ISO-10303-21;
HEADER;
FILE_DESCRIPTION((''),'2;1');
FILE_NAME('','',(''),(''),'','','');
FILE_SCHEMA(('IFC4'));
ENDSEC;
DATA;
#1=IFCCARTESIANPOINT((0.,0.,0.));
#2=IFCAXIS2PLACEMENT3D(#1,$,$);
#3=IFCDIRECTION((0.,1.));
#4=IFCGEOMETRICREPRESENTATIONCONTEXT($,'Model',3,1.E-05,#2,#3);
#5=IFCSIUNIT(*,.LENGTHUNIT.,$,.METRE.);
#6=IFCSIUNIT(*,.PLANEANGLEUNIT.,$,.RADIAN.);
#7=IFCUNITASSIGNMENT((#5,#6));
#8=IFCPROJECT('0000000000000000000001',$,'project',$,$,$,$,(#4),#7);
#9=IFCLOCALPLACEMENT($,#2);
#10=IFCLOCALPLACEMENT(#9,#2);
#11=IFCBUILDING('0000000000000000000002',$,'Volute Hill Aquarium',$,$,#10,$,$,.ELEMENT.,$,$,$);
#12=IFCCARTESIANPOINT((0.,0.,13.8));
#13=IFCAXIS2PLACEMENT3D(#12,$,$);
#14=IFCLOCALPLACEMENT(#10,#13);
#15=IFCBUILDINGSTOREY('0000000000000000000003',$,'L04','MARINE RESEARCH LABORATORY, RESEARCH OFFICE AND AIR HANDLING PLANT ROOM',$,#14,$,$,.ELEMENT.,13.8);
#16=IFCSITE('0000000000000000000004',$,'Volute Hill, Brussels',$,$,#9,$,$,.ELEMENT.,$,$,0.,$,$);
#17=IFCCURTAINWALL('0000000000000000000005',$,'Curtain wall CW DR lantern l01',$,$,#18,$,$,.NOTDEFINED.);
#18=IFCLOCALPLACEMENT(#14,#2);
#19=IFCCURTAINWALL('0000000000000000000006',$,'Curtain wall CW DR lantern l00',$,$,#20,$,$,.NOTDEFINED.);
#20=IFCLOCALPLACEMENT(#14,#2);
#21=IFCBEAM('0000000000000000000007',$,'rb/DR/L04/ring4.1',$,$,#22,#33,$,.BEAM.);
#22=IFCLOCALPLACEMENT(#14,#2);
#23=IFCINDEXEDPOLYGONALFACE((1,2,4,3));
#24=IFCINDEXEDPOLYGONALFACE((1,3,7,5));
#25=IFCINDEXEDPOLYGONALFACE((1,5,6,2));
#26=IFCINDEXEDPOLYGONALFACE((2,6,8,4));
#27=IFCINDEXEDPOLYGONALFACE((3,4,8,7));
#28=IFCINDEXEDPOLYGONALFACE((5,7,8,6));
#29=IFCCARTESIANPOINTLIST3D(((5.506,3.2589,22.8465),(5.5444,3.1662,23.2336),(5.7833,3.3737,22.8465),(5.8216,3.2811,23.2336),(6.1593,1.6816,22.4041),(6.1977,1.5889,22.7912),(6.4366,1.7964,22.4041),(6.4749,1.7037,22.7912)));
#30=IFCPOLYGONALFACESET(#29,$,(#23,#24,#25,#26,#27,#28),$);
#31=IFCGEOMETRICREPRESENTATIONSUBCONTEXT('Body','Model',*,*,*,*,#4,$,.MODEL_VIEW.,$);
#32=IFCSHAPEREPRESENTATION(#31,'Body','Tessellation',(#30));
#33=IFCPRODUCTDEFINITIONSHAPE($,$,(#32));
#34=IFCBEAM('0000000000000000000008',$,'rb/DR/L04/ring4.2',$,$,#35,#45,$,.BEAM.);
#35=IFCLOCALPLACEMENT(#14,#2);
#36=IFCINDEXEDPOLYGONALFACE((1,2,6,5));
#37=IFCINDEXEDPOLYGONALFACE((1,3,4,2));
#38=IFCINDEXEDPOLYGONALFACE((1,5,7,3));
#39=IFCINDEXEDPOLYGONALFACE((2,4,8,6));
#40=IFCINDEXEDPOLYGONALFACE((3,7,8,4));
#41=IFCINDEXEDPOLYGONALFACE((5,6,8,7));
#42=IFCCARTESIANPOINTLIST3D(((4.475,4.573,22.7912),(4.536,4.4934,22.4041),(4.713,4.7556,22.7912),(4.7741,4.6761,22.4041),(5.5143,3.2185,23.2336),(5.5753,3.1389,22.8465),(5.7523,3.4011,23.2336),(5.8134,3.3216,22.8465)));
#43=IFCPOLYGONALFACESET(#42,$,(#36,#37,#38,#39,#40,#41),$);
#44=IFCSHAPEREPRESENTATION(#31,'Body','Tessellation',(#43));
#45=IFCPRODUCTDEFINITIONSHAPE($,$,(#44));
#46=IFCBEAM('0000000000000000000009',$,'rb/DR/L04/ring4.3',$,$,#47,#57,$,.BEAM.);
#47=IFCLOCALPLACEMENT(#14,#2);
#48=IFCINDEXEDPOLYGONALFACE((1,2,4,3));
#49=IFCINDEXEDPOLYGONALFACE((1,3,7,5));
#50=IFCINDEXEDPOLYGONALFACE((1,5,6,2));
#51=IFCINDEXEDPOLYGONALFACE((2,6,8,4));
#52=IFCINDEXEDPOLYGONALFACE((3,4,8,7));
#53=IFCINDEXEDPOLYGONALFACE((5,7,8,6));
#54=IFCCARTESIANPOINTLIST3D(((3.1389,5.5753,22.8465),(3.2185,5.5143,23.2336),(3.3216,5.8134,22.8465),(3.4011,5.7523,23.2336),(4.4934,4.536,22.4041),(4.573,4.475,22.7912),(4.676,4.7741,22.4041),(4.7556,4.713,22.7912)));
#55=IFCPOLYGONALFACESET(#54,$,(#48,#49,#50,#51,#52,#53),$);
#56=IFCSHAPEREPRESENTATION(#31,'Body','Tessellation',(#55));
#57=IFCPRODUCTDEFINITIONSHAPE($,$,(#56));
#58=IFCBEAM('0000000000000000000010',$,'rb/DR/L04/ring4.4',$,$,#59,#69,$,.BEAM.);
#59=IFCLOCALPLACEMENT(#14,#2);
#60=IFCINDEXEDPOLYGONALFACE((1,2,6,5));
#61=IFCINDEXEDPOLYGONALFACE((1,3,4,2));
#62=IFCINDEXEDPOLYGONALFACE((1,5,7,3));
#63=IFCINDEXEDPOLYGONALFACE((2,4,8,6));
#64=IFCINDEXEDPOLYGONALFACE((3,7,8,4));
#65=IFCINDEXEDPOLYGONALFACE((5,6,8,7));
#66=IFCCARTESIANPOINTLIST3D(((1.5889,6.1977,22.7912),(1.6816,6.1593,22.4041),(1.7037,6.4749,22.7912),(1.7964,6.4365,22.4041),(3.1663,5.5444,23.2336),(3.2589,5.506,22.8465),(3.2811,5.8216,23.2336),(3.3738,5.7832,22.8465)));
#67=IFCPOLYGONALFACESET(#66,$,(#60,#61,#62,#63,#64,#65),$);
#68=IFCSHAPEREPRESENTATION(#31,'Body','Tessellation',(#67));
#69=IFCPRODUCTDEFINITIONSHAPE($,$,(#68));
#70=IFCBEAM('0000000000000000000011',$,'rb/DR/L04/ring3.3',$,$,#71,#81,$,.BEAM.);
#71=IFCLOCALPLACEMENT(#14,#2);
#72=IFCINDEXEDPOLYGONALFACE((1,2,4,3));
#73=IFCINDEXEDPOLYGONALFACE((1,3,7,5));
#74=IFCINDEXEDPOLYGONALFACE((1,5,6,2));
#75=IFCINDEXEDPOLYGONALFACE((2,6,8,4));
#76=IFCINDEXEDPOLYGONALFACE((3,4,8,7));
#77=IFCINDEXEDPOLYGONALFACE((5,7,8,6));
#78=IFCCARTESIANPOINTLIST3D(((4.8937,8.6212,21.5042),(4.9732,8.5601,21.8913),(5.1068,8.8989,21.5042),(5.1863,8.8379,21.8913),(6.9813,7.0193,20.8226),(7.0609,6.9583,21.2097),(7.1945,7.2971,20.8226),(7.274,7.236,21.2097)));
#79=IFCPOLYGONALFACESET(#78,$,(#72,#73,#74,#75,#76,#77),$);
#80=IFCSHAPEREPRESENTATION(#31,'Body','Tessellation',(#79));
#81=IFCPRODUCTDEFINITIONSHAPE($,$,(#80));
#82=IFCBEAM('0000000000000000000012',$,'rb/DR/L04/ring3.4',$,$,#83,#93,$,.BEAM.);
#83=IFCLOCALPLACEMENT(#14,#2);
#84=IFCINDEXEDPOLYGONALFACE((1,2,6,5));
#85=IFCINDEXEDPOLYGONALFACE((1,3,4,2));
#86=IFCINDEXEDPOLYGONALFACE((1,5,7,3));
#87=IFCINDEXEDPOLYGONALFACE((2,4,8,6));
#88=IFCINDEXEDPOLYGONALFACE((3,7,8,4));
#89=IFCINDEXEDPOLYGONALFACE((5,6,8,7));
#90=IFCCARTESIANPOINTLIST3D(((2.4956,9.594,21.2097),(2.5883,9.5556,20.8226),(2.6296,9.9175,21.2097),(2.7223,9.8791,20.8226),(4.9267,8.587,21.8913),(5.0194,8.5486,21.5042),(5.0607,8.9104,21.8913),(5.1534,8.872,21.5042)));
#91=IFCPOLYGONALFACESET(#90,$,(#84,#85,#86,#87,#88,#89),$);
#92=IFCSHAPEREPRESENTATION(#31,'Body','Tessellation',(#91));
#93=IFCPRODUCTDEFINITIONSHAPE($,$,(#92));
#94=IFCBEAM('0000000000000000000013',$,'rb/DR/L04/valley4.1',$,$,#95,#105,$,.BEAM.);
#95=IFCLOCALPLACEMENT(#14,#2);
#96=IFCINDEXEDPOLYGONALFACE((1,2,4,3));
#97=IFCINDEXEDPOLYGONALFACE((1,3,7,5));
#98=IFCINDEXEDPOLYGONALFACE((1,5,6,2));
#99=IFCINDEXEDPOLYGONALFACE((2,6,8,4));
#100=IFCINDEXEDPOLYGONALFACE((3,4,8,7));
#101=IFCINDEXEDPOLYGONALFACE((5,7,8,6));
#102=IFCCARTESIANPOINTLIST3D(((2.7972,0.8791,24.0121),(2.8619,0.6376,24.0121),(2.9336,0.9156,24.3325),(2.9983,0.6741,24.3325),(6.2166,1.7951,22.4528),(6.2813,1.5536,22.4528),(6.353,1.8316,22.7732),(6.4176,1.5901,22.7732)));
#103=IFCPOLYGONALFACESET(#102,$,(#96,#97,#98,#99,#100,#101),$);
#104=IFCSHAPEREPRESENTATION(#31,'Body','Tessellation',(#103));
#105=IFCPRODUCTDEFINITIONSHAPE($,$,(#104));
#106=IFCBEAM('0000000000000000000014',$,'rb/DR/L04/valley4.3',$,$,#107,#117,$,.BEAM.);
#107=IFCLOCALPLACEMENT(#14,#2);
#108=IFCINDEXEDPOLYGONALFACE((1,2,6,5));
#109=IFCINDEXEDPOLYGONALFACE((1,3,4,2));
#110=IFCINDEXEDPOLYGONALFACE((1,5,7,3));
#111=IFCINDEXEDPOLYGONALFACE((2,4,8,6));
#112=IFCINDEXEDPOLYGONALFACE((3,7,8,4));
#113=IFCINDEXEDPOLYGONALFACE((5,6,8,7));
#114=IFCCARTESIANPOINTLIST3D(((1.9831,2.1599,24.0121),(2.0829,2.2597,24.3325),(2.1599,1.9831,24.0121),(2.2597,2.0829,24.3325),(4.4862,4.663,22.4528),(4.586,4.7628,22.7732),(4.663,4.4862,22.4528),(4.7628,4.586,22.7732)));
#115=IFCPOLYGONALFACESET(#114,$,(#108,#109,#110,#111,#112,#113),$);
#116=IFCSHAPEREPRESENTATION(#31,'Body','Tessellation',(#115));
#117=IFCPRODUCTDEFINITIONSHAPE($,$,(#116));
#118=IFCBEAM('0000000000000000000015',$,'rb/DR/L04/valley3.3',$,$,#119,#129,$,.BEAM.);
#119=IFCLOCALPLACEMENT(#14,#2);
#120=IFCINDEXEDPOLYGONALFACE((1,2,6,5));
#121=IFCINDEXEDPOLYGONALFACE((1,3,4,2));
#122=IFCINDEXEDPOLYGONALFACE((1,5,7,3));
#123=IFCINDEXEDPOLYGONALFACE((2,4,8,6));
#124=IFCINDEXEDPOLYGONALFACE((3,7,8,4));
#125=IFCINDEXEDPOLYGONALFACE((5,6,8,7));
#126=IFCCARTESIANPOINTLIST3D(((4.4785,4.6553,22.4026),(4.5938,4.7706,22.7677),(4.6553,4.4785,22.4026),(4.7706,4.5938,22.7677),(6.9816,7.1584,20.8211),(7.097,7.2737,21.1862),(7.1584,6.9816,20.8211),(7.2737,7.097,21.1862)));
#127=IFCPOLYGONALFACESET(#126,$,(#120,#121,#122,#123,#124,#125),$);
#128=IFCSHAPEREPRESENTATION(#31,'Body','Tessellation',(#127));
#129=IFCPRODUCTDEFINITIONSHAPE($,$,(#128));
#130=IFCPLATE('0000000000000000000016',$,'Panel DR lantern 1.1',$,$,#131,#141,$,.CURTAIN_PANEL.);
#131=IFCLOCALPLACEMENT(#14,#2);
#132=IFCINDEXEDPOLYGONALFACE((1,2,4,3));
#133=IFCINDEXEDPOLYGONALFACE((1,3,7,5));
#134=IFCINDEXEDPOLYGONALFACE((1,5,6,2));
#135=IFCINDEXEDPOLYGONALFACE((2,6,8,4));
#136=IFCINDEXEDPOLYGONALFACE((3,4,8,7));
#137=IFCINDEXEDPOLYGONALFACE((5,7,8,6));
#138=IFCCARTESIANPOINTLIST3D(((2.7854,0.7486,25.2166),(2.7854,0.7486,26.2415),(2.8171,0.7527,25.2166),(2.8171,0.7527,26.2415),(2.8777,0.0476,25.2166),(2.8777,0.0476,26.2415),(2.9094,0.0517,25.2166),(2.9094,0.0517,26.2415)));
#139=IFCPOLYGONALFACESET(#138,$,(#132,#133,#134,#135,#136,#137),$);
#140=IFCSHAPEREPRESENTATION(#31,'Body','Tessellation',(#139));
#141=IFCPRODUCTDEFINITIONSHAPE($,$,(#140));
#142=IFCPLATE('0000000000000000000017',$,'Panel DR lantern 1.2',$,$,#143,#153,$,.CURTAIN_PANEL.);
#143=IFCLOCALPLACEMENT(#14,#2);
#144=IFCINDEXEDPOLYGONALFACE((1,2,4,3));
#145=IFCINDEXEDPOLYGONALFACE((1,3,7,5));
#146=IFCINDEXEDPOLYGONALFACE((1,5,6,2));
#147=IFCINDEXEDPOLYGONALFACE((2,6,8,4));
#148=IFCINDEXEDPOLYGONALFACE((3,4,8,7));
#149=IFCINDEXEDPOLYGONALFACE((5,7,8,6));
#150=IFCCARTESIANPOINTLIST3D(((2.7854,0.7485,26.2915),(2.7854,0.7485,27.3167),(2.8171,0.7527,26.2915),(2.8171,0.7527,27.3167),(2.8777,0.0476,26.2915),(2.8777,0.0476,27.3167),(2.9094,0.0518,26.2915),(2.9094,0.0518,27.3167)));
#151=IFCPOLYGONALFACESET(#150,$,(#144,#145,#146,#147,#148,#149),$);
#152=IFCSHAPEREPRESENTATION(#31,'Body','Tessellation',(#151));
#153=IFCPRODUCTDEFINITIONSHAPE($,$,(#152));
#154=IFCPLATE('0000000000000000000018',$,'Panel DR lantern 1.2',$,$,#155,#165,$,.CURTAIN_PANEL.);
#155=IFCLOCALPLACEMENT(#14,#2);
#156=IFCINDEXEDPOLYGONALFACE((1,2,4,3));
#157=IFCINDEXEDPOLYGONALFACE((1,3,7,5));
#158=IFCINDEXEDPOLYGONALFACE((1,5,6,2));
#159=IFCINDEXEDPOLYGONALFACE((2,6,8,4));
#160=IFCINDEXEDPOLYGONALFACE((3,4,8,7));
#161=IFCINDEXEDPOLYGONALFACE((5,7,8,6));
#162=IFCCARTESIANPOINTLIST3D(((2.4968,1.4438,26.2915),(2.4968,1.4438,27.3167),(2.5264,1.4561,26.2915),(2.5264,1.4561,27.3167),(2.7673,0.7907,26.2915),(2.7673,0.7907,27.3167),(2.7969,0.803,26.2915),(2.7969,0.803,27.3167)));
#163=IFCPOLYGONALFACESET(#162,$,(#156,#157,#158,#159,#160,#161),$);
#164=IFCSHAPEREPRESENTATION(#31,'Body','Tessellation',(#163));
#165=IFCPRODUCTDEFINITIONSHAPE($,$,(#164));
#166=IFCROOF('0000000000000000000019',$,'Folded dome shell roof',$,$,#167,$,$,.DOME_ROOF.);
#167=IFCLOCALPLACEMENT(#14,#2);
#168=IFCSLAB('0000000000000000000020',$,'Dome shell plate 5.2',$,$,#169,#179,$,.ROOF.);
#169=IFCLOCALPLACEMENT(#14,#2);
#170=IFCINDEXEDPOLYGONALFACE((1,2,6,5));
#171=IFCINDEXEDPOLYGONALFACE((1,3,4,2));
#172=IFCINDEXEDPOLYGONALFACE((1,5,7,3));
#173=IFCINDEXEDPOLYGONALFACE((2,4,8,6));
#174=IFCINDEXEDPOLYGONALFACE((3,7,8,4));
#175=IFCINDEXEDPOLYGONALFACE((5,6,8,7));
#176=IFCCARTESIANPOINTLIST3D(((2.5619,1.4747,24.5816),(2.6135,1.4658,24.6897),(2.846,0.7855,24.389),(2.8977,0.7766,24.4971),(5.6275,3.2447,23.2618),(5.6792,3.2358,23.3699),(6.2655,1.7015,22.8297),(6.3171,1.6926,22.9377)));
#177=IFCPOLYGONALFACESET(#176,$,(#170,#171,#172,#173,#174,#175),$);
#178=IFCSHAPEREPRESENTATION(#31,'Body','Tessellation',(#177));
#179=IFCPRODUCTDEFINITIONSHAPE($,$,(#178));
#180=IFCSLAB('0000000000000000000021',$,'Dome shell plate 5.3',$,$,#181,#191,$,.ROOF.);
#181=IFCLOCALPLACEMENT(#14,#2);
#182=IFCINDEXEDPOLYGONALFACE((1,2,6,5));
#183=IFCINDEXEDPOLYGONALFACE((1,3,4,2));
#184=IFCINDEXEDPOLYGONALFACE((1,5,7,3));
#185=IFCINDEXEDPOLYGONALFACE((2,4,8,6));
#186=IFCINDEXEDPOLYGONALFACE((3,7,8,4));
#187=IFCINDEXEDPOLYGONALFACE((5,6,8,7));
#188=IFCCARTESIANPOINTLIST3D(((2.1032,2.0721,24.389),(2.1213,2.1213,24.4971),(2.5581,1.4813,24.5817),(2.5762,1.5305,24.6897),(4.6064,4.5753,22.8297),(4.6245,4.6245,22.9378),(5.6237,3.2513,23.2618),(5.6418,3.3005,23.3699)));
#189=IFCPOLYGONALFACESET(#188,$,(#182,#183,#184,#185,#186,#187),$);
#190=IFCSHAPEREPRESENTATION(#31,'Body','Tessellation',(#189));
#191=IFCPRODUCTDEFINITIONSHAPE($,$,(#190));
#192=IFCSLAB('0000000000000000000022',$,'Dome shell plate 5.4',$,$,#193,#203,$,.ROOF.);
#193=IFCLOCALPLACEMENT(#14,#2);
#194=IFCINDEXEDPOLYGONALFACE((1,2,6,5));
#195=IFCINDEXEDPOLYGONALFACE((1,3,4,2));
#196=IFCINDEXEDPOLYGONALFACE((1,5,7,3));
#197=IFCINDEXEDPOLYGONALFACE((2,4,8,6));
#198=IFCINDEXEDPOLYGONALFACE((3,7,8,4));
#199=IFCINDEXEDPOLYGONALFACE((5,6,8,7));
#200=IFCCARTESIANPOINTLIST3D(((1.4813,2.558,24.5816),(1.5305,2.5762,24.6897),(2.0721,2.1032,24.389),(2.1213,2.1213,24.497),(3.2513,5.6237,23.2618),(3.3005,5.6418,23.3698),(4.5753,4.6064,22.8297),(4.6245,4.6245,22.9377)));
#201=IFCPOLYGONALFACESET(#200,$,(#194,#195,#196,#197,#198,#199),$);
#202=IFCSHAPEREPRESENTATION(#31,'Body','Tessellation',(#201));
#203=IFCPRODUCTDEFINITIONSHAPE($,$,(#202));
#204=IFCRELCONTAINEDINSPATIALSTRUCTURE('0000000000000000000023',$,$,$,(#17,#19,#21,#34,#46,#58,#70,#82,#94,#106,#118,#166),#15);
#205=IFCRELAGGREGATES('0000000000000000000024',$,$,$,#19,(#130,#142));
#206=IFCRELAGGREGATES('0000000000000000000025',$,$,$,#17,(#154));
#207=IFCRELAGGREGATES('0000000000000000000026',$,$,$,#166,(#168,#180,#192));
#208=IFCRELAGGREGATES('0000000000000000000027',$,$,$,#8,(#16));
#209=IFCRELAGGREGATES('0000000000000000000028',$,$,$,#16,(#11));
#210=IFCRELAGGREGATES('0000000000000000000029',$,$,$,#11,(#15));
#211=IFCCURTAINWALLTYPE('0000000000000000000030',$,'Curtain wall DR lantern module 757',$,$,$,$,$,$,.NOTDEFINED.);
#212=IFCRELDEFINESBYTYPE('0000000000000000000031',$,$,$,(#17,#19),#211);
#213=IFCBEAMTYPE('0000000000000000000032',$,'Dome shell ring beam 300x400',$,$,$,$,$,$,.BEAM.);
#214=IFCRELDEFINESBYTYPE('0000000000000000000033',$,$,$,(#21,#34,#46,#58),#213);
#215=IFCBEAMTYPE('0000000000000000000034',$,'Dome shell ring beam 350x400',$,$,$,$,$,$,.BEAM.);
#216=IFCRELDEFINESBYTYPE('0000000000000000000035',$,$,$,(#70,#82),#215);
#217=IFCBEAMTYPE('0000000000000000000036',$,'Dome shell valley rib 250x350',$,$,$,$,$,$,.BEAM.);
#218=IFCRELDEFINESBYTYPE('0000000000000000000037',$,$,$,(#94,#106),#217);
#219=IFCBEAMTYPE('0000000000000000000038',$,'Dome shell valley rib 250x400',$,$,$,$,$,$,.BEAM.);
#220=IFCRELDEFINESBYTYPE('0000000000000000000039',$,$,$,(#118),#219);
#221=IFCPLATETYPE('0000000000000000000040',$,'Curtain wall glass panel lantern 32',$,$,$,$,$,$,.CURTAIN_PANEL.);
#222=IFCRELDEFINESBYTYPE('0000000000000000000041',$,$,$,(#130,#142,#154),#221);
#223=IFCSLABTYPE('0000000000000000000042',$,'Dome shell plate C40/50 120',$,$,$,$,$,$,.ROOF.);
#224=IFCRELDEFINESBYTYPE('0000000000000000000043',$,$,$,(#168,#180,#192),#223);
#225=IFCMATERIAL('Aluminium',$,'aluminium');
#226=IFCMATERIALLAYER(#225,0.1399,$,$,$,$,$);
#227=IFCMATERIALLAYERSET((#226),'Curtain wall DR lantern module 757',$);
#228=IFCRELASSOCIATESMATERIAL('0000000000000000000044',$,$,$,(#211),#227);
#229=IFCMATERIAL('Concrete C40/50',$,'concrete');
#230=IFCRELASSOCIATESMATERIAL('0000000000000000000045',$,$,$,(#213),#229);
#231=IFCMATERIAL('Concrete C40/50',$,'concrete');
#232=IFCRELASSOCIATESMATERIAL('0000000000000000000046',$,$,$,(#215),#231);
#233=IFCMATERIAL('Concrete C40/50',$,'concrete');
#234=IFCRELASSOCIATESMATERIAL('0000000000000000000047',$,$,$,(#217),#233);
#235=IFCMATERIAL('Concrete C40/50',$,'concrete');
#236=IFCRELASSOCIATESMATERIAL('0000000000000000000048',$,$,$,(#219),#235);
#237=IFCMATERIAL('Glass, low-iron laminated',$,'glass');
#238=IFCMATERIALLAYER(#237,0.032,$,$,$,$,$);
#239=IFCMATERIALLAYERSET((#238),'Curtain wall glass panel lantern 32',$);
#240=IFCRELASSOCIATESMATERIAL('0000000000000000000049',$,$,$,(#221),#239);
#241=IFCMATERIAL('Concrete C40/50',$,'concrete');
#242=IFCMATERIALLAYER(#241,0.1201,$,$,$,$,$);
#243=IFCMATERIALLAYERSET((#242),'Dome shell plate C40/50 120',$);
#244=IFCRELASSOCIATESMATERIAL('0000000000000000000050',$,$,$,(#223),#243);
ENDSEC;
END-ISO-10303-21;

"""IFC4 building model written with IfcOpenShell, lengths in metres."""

from ifc_helpers import new_model, si_unit, direction, frame, origin, origin_2d, place, context, subcontext, project, spatial, polyline, rectangle, outline, extrude, material, layer, layer_set, material_profile, profile_set, type_object, element, aggregate, save


model = new_model("IFC4")

# Units and contexts
model_context = context("Model", 3, precision=1e-05, world=origin(), true_north=direction((0.0, 1.0)))
body_context = subcontext(model_context, "Body", "Model", "MODEL_VIEW")
ifc_project = project(units=[si_unit("LENGTHUNIT", "METRE"), si_unit("PLANEANGLEUNIT", "RADIAN")], contexts=[model_context])

# Site, building, storey
site_placement = place(None, origin())
site = spatial("IfcSite", under=ifc_project, at=site_placement, Name="Volute Hill, Brussels", CompositionType="ELEMENT", RefElevation=0.0)
building_placement = place(site_placement, origin())
building = spatial("IfcBuilding", under=site, at=building_placement, Name="Volute Hill Aquarium", CompositionType="ELEMENT")
storey_placement = place(building_placement, frame((0.0, 0.0, 13.8)))
storey = spatial("IfcBuildingStorey", under=building, at=storey_placement, Name="L04", Description="MARINE RESEARCH LABORATORY, RESEARCH OFFICE AND AIR HANDLING PLANT ROOM", CompositionType="ELEMENT", Elevation=13.8)

# Curtain wall
ifc_material_1 = material(Name="Aluminium", Category="aluminium")
ifc_layer_1 = layer(ifc_material_1, 0.1399)
ifc_layer_set_1 = layer_set([ifc_layer_1], Name="Curtain wall DR lantern module 757")
curtain_wall_type = type_object("IfcCurtainWallType", Name="Curtain wall DR lantern module 757", PredefinedType="NOTDEFINED", material=ifc_layer_set_1)
curtain_wall_1_placement = place(storey_placement, origin())
curtain_wall_1 = element("IfcCurtainWall", 1, at=curtain_wall_1_placement, inside=storey, type_object=curtain_wall_type, Name="Curtain wall CW DR lantern l01", PredefinedType="NOTDEFINED")

# Curtain wall
curtain_wall_2_placement = place(storey_placement, origin())
curtain_wall_2 = element("IfcCurtainWall", 2, at=curtain_wall_2_placement, inside=storey, type_object=curtain_wall_type, Name="Curtain wall CW DR lantern l00", PredefinedType="NOTDEFINED")

# Beams
ifc_material_2 = material(Name="Concrete C40/50", Category="concrete")
ifc_material_profile_1 = material_profile(ifc_material_2, rectangle(XDim=0.3, YDim=0.3999, at=origin_2d()), Name="RC beam 300x400")
ifc_profile_set_1 = profile_set([ifc_material_profile_1], Name="Concrete C40/50")
beam_type_1 = type_object("IfcBeamType", Name="Dome shell ring beam 300x400", PredefinedType="BEAM", material=ifc_profile_set_1)
for number, where, z_axis, x_axis, name in (
    (3, (6.3171, 1.6926, 22.5977), (-0.370422, 0.894357, 0.250824), (-0.923891, -0.382655, 0.0), "rb/DR/L04/ring4.1"),
    (4, (5.6638, 3.27, 23.04), (-0.589288, 0.767999, -0.250832), (-0.793362, -0.60875, 0.0), "rb/DR/L04/ring4.2"),
    (5, (4.6245, 4.6245, 22.5977), (-0.767999, 0.589288, 0.250832), (-0.60875, -0.793362, 0.0), "rb/DR/L04/ring4.3"),
    (6, (3.27, 5.6638, 23.04), (-0.894357, 0.370422, -0.250824), (-0.382655, -0.923891, 0.0), "rb/DR/L04/ring4.4"),
):
    element("IfcBeam", number, at=place(storey_placement, frame(where, z_axis=z_axis, x_axis=x_axis)), inside=storey, type_object=beam_type_1, Name=name, PredefinedType="BEAM", context=body_context, shape_type="SweptSolid", body=[
        extrude(rectangle(XDim=0.3, YDim=0.3999, at=origin_2d()), origin(), (0.0, 0.0, 1.0), 1.7637),
    ])
ifc_material_3 = material(Name="Concrete C40/50", Category="concrete")
ifc_material_profile_2 = material_profile(ifc_material_3, rectangle(XDim=0.3501, YDim=0.3999, at=origin_2d()), Name="RC beam 350x400")
ifc_profile_set_2 = profile_set([ifc_material_profile_2], Name="Concrete C40/50")
beam_type_2 = type_object("IfcBeamType", Name="Dome shell ring beam 350x400", PredefinedType="BEAM", material=ifc_profile_set_2)
for number, where, z_axis, x_axis, name in (
    (7, (7.1277, 7.1277, 21.0161), (-0.768021, 0.589286, 0.250768), (-0.608737, -0.793372, 0.0), "rb/DR/L04/ring3.3"),
    (8, (5.04, 8.7295, 21.6978), (-0.894353, 0.370477, -0.250757), (-0.382704, -0.923871, 0.0), "rb/DR/L04/ring3.4"),
):
    element("IfcBeam", number, at=place(storey_placement, frame(where, z_axis=z_axis, x_axis=x_axis)), inside=storey, type_object=beam_type_2, Name=name, PredefinedType="BEAM", context=body_context, shape_type="SweptSolid", body=[
        extrude(rectangle(XDim=0.3501, YDim=0.3999, at=origin_2d()), origin(), (0.0, 0.0, 1.0), 2.7183),
    ])
ifc_material_4 = material(Name="Concrete C40/50", Category="concrete")
ifc_material_profile_3 = material_profile(ifc_material_4, rectangle(XDim=0.25, YDim=0.3501, at=origin_2d()), Name="RC rib 250x350")
ifc_profile_set_3 = profile_set([ifc_material_profile_3], Name="Concrete C40/50")
beam_type_3 = type_object("IfcBeamType", Name="Dome shell valley rib 250x350", PredefinedType="BEAM", material=ifc_profile_set_3)
for number, where, z_axis, x_axis, name in (
    (9, (6.3171, 1.6926, 22.613), (-0.883982, -0.236806, 0.403112), (0.258761, -0.965941, 0.0), "rb/DR/L04/valley4.1"),
    (10, (4.6245, 4.6245, 22.613), (-0.64711, -0.64711, 0.40311), (0.707107, -0.707107, 0.0), "rb/DR/L04/valley4.3"),
):
    element("IfcBeam", number, at=place(storey_placement, frame(where, z_axis=z_axis, x_axis=x_axis)), inside=storey, type_object=beam_type_3, Name=name, PredefinedType="BEAM", context=body_context, shape_type="SweptSolid", body=[
        extrude(rectangle(XDim=0.25, YDim=0.3501, at=origin_2d()), origin(), (0.0, 0.0, 1.0), 3.8682),
    ])
ifc_material_5 = material(Name="Concrete C40/50", Category="concrete")
ifc_material_profile_4 = material_profile(ifc_material_5, rectangle(XDim=0.25, YDim=0.3999, at=origin_2d()), Name="RC rib 250x400")
ifc_profile_set_4 = profile_set([ifc_material_profile_4], Name="Concrete C40/50")
beam_type_4 = type_object("IfcBeamType", Name="Dome shell valley rib 250x400", PredefinedType="BEAM", material=ifc_profile_set_4)
beam_1_placement = place(storey_placement, frame((7.1277, 7.1277, 21.0037), z_axis=(-0.645606, -0.645606, 0.407904), x_axis=(0.707107, -0.707107, 0.0)))
element("IfcBeam", 11, at=beam_1_placement, inside=storey, type_object=beam_type_4, Name="rb/DR/L04/valley3.3", PredefinedType="BEAM", context=body_context, shape_type="SweptSolid", body=[
    extrude(rectangle(XDim=0.25, YDim=0.3999, at=origin_2d()), origin(), (0.0, 0.0, 1.0), 3.8772),
])

# Plates
ifc_material_6 = material(Name="Glass, low-iron laminated", Category="glass")
ifc_layer_2 = layer(ifc_material_6, 0.032)
ifc_layer_set_2 = layer_set([ifc_layer_2], Name="Curtain wall glass panel lantern 32")
plate_type = type_object("IfcPlateType", Name="Curtain wall glass panel lantern 32", PredefinedType="CURTAIN_PANEL", material=ifc_layer_set_2)
plate_1_placement = place(storey_placement, frame((2.8474, 0.4001, 25.2166), z_axis=(0.0, 0.0, 1.0), x_axis=(-0.130502, 0.991448, 0.0)))
plate_1 = element("IfcPlate", 12, at=plate_1_placement, type_object=plate_type, Name="Panel DR lantern 1.1", PredefinedType="CURTAIN_PANEL", context=body_context, shape_type="SweptSolid", body=[
    extrude(rectangle(XDim=0.707, YDim=0.032, at=origin_2d()), origin(), (0.0, 0.0, 1.0), 1.0249),
])
plate_2_placement = place(storey_placement, frame((2.9094, 0.0518, 26.2915), z_axis=(0.991444, 0.130535, 0.0), x_axis=(-0.130535, 0.991444, 0.0)))
plate_2 = element("IfcPlate", 13, at=plate_2_placement, type_object=plate_type, Name="Panel DR lantern 1.2", PredefinedType="CURTAIN_PANEL", context=body_context, shape_type="SweptSolid", body=[
    extrude(outline(polyline([(0.0, 0.0), (0.707, 0.0), (0.707, 1.0251), (0.0, 1.0251), (0.0, 0.0)])), origin(), (0.0, 0.0, -1.0), 0.032),
])
aggregate(curtain_wall_2, [plate_1, plate_2])
plate_3_placement = place(storey_placement, frame((2.7969, 0.803, 26.2915), z_axis=(0.923882, 0.382677, 0.0), x_axis=(-0.382677, 0.923882, 0.0)))
plate_3 = element("IfcPlate", 14, at=plate_3_placement, type_object=plate_type, Name="Panel DR lantern 1.2", PredefinedType="CURTAIN_PANEL", context=body_context, shape_type="SweptSolid", body=[
    extrude(outline(polyline([(0.0, 0.0), (0.7069, 0.0), (0.7069, 1.0251), (0.0, 1.0251), (0.0, 0.0)])), origin(), (0.0, 0.0, -1.0), 0.032),
])
aggregate(curtain_wall_1, [plate_3])

# Roof, slabs
roof_placement = place(storey_placement, origin())
roof = element("IfcRoof", 15, at=roof_placement, inside=storey, Name="Folded dome shell roof", PredefinedType="DOME_ROOF")
ifc_material_7 = material(Name="Concrete C40/50", Category="concrete")
ifc_layer_3 = layer(ifc_material_7, 0.1201)
ifc_layer_set_3 = layer_set([ifc_layer_3], Name="Dome shell plate C40/50 120")
slab_type_1 = type_object("IfcSlabType", Name="Dome shell plate C40/50 120", PredefinedType="ROOF", material=ifc_layer_set_3)
slab_1_placement = place(storey_placement, frame((6.3171, 1.6926, 22.9377), z_axis=(0.430139, -0.074118, 0.899715), x_axis=(-0.369848, 0.894679, 0.250522)))
slab_1 = element("IfcSlab", 16, at=slab_1_placement, type_object=slab_type_1, Name="Dome shell plate 5.2", PredefinedType="ROOF", context=body_context, shape_type="SweptSolid", body=[
    extrude(outline(polyline([(0.0, 0.0), (1.7249, 0.0), (1.6058, 3.7761), (0.8358, 3.7768), (0.0, 0.0)])), origin(), (0.0, 0.0, -1.0), 0.1201),
])
slab_2_placement = place(storey_placement, frame((5.6418, 3.3005, 23.3699), z_axis=(0.150887, 0.409565, 0.899716), x_axis=(-0.589856, 0.767662, -0.25053)))
slab_2 = element("IfcSlab", 17, at=slab_2_placement, type_object=slab_type_1, Name="Dome shell plate 5.3", PredefinedType="ROOF", context=body_context, shape_type="SweptSolid", body=[
    extrude(outline(polyline([(0.0, 0.0), (1.7247, 0.0), (0.889, 3.7769), (0.1189, 3.7761), (0.0, 0.0)])), origin(), (0.0, 0.0, -1.0), 0.1201),
])
slab_3_placement = place(storey_placement, frame((4.6245, 4.6245, 22.9377), z_axis=(0.409565, 0.150887, 0.899716), x_axis=(-0.767662, 0.589856, 0.25053)))
slab_3 = element("IfcSlab", 18, at=slab_3_placement, type_object=slab_type_1, Name="Dome shell plate 5.4", PredefinedType="ROOF", context=body_context, shape_type="SweptSolid", body=[
    extrude(outline(polyline([(0.0, 0.0), (1.7247, 0.0), (1.6058, 3.7761), (0.8357, 3.7769), (0.0, 0.0)])), origin(), (0.0, 0.0, -1.0), 0.1201),
])
aggregate(roof, [slab_1, slab_2, slab_3])

save(model, "model.ifc")
